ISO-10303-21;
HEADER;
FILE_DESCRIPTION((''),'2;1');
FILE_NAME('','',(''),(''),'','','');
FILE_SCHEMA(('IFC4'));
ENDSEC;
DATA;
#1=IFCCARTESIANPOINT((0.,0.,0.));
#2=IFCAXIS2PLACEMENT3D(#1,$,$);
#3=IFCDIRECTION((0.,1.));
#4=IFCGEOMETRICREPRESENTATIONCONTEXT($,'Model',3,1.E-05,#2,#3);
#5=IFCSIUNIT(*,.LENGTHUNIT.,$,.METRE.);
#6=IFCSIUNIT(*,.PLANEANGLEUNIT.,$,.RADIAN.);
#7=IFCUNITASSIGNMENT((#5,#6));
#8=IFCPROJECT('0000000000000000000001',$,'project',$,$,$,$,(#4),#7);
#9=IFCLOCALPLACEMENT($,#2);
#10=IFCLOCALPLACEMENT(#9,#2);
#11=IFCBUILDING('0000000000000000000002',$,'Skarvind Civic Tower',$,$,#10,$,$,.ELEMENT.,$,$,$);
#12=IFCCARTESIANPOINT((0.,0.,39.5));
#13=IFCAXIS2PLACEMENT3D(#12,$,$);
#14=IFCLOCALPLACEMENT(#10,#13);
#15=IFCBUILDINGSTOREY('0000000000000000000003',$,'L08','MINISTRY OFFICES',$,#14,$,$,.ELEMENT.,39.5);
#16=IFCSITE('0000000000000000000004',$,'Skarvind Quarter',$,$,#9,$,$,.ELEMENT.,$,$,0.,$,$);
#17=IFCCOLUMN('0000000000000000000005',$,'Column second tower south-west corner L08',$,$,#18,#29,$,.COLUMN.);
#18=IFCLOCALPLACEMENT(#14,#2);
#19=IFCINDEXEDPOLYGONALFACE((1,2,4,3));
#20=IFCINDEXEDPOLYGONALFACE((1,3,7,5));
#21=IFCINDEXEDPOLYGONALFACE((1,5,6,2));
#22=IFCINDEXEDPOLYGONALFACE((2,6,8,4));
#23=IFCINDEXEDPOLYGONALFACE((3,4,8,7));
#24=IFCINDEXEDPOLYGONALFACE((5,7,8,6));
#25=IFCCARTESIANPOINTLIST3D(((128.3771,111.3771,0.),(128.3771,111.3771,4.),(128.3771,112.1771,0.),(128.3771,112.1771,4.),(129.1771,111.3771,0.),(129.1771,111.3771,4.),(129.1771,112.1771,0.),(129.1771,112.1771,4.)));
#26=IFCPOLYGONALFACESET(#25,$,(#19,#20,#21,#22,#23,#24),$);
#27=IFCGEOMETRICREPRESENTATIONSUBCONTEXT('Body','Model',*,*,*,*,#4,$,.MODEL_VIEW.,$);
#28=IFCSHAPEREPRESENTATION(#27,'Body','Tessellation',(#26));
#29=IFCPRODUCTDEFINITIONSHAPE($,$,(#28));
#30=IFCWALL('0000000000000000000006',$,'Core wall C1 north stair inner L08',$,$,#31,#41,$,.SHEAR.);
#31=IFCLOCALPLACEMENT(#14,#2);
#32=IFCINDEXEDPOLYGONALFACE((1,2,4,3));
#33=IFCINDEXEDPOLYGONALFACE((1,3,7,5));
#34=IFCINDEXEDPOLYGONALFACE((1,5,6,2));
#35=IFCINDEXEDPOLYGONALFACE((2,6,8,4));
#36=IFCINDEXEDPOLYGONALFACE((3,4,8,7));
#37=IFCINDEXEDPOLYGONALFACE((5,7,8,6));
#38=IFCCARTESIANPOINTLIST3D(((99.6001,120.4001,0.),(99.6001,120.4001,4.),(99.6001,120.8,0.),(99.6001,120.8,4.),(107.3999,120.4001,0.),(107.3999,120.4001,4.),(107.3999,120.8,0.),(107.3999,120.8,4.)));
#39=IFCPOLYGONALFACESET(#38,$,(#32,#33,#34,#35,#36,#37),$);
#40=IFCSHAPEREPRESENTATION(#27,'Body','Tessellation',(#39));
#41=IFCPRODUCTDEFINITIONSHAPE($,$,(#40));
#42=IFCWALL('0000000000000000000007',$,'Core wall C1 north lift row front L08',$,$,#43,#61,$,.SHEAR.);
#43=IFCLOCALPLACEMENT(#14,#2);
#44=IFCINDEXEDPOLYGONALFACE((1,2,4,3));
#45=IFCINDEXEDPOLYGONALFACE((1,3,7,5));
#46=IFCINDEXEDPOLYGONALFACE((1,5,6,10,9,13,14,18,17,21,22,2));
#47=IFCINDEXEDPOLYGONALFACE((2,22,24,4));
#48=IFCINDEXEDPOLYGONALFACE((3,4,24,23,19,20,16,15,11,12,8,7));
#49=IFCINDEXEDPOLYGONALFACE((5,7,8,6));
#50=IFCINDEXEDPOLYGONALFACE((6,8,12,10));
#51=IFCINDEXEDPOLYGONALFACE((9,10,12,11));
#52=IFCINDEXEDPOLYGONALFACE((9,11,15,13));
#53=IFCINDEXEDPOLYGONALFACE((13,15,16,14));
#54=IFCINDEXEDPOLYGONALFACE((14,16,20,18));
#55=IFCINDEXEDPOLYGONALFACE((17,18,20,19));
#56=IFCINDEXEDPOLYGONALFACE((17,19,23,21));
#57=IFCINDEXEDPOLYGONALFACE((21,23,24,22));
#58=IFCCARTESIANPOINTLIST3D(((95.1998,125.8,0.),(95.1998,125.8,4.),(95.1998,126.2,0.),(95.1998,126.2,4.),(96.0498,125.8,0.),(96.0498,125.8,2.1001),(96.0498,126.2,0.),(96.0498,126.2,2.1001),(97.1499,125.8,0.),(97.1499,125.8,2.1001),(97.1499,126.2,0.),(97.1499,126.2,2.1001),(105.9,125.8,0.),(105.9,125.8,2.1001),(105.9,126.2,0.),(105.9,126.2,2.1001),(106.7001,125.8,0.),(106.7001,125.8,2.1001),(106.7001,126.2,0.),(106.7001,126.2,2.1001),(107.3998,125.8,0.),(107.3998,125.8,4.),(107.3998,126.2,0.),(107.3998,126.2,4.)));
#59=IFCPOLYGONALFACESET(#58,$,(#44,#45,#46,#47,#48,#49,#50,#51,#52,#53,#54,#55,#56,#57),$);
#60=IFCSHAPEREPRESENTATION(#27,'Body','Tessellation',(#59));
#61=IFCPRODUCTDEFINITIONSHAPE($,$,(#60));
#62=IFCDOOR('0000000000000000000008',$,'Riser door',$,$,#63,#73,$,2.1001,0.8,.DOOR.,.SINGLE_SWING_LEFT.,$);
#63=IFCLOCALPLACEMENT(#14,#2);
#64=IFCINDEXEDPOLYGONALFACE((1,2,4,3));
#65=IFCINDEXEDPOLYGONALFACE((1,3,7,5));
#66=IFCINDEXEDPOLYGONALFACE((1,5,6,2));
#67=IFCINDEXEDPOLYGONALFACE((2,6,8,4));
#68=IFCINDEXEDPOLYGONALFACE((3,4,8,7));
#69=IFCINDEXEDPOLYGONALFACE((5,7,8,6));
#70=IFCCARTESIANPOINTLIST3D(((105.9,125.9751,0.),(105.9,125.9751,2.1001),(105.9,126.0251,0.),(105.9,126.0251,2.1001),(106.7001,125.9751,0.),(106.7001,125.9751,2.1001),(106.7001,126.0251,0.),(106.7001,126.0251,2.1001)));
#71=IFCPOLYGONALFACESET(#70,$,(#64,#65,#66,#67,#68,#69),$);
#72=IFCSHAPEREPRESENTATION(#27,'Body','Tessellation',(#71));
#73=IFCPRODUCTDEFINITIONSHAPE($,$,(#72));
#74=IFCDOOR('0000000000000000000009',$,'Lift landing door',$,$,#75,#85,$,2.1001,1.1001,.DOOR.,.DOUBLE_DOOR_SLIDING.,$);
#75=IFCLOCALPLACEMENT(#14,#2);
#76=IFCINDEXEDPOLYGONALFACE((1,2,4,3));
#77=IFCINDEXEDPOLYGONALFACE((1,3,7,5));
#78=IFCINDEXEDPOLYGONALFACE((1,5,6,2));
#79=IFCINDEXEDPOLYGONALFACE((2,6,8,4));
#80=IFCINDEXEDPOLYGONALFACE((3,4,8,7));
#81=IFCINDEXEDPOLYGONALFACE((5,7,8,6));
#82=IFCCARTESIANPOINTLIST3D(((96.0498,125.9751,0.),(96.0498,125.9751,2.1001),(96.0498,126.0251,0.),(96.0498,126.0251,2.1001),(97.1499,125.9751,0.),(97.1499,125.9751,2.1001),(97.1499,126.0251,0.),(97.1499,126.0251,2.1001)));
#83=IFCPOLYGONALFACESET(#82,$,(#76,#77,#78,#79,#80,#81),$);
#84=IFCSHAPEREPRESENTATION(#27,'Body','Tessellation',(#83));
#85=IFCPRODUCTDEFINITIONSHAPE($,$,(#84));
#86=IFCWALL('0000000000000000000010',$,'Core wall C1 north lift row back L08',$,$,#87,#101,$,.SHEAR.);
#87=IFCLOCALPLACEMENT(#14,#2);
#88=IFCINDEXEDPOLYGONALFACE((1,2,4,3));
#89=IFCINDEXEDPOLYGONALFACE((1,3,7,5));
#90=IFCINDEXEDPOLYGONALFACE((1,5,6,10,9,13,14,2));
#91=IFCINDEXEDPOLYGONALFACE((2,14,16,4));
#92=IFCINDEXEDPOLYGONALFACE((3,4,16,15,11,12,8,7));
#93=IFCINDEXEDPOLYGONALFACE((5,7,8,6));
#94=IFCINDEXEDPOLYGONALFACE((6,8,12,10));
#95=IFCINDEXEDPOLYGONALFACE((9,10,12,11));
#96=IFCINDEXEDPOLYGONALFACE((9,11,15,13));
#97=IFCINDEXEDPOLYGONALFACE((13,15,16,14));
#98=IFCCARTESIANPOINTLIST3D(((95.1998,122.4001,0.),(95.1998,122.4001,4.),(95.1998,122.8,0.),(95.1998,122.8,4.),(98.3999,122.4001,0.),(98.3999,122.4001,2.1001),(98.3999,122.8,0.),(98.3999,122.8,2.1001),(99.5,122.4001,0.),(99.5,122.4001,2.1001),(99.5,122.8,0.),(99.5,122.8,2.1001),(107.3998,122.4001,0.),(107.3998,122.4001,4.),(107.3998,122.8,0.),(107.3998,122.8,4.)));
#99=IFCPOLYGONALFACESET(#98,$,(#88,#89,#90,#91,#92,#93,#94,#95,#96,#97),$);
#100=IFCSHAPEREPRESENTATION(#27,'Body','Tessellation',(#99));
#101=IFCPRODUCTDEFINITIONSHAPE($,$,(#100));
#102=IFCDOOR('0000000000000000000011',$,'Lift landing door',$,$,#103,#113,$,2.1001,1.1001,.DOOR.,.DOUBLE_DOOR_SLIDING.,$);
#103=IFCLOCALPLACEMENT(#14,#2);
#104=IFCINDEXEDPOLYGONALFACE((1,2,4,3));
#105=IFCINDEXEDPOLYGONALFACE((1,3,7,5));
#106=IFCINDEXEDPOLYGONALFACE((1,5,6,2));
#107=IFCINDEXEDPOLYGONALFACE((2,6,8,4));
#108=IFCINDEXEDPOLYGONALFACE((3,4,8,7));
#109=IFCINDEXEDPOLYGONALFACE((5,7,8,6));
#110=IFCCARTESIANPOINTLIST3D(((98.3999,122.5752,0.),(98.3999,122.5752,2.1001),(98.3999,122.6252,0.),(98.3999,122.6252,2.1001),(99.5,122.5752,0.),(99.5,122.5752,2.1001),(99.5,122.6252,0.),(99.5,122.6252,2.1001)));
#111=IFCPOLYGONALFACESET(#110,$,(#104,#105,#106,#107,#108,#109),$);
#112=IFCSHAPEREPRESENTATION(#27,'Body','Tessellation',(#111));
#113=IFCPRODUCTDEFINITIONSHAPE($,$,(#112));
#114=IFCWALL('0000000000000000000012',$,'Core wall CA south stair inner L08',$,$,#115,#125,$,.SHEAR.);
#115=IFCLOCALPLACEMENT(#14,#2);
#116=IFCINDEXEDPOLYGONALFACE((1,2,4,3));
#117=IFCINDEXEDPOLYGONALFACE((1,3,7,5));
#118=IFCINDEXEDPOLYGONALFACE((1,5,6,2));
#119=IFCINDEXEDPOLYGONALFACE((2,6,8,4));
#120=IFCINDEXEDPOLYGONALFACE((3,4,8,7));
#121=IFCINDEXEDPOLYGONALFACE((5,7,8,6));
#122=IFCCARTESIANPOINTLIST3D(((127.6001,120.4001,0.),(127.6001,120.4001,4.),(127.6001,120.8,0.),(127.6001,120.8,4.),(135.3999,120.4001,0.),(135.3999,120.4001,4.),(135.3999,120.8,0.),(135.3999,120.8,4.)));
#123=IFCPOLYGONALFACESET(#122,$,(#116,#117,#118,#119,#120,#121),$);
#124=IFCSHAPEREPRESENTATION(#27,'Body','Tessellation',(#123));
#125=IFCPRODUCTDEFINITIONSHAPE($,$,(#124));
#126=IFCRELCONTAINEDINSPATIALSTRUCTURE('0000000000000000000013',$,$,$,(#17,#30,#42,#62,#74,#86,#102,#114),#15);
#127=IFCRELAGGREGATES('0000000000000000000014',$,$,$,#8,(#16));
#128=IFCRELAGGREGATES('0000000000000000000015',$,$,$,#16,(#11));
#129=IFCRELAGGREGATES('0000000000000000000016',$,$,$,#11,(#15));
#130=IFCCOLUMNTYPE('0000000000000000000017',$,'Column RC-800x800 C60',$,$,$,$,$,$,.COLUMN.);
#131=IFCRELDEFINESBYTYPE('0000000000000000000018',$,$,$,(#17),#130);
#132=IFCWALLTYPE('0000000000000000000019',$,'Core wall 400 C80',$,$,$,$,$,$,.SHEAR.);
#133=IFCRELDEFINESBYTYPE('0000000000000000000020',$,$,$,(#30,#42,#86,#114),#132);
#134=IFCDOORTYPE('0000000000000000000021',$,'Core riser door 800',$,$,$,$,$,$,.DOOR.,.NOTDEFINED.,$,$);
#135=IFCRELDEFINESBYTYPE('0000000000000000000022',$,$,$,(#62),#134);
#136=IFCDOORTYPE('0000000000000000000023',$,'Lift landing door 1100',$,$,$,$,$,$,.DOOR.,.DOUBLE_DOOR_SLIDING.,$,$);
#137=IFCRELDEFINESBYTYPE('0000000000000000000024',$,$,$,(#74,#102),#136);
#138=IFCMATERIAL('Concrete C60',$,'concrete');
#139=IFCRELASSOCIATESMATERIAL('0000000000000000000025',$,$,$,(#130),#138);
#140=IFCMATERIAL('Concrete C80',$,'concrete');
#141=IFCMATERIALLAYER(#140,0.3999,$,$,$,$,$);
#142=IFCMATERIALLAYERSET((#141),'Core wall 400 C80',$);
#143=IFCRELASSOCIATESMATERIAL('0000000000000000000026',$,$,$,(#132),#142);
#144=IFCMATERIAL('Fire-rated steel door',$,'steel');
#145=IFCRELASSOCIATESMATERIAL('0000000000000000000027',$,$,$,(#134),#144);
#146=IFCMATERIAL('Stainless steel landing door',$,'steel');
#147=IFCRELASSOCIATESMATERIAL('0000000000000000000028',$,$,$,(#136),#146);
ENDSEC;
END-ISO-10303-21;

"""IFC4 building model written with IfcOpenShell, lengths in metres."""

from ifc_helpers import new_model, si_unit, direction, frame, frame_2d, origin, origin_2d, place, context, subcontext, project, spatial, rectangle, extrude, material, layer, layer_set, material_profile, profile_set, type_object, element, fill, save


model = new_model("IFC4")

# Units and contexts
model_context = context("Model", 3, precision=1e-05, world=origin(), true_north=direction((0.0, 1.0)))
body_context = subcontext(model_context, "Body", "Model", "MODEL_VIEW")
ifc_project = project(units=[si_unit("LENGTHUNIT", "METRE"), si_unit("PLANEANGLEUNIT", "RADIAN")], contexts=[model_context])

# Site, building, storey
site_placement = place(None, origin())
site = spatial("IfcSite", under=ifc_project, at=site_placement, Name="Skarvind Quarter", CompositionType="ELEMENT", RefElevation=0.0)
building_placement = place(site_placement, origin())
building = spatial("IfcBuilding", under=site, at=building_placement, Name="Skarvind Civic Tower", CompositionType="ELEMENT")
storey_placement = place(building_placement, frame((0.0, 0.0, 39.5)))
storey = spatial("IfcBuildingStorey", under=building, at=storey_placement, Name="L08", Description="MINISTRY OFFICES", CompositionType="ELEMENT", Elevation=39.5)

# Column
ifc_material_1 = material(Name="Concrete C60", Category="concrete")
ifc_material_profile = material_profile(ifc_material_1, rectangle(XDim=0.8, YDim=0.8, at=origin_2d()), Name="RC-800x800")
ifc_profile_set = profile_set([ifc_material_profile], Name="Concrete C60")
column_type = type_object("IfcColumnType", Name="Column RC-800x800 C60", PredefinedType="COLUMN", material=ifc_profile_set)
column_placement = place(storey_placement, frame((128.7771, 111.7771, 0.0), z_axis=(0.0, 0.0, 1.0), x_axis=(1.0, 0.0, 0.0)))
element("IfcColumn", 1, at=column_placement, inside=storey, type_object=column_type, Name="Column second tower south-west corner L08", PredefinedType="COLUMN", context=body_context, shape_type="SweptSolid", body=[
    extrude(rectangle(XDim=0.8, YDim=0.8, at=origin_2d()), origin(), (0.0, 0.0, 1.0), 4.0),
])

# Wall
ifc_material_2 = material(Name="Concrete C80", Category="concrete")
ifc_layer_1 = layer(ifc_material_2, 0.3999)
ifc_layer_set_1 = layer_set([ifc_layer_1], Name="Core wall 400 C80")
wall_type_1 = type_object("IfcWallType", Name="Core wall 400 C80", PredefinedType="SHEAR", material=ifc_layer_set_1)
wall_1_placement = place(storey_placement, frame((107.3999, 120.6001, 0.0), z_axis=(0.0, 0.0, 1.0), x_axis=(-1.0, 0.0, 0.0)))
element("IfcWall", 2, at=wall_1_placement, inside=storey, type_object=wall_type_1, Name="Core wall C1 north stair inner L08", PredefinedType="SHEAR", context=body_context, shape_type="SweptSolid", body=[
    extrude(rectangle(XDim=7.7998, YDim=0.3999, at=frame_2d((3.8999, 0.0))), origin(), (0.0, 0.0, 1.0), 4.0),
])

# Wall, openings, doors
wall_2_placement = place(storey_placement, frame((107.3999, 126.0, 0.0), z_axis=(0.0, 0.0, 1.0), x_axis=(-1.0, 0.0, 0.0)))
wall_2 = element("IfcWall", 3, at=wall_2_placement, inside=storey, type_object=wall_type_1, Name="Core wall C1 north lift row front L08", PredefinedType="SHEAR", context=body_context, shape_type="SweptSolid", body=[
    extrude(rectangle(XDim=12.2, YDim=0.3999, at=frame_2d((6.1001, 0.0))), origin(), (0.0, 0.0, 1.0), 4.0),
])
opening_1_placement = place(wall_2_placement, frame((10.25, 0.0, 0.0)))
opening_1 = element("IfcOpeningElement", 4, at=opening_1_placement, cuts=wall_2, PredefinedType="OPENING", context=body_context, shape_type="SweptSolid", body=[
    extrude(rectangle(XDim=1.1001, YDim=2.1001, at=frame_2d((0.55, 1.05))), frame((0.0, 0.21, 0.0), z_axis=(0.0, -1.0, 0.0), x_axis=(1.0, 0.0, 0.0)), (0.0, 0.0, 1.0), 0.4199),
])
opening_2_placement = place(wall_2_placement, frame((0.7, 0.0, 0.0)))
opening_2 = element("IfcOpeningElement", 5, at=opening_2_placement, cuts=wall_2, PredefinedType="OPENING", context=body_context, shape_type="SweptSolid", body=[
    extrude(rectangle(XDim=0.8, YDim=2.1001, at=frame_2d((0.3999, 1.05))), frame((0.0, 0.21, 0.0), z_axis=(0.0, -1.0, 0.0), x_axis=(1.0, 0.0, 0.0)), (0.0, 0.0, 1.0), 0.4199),
])
ifc_material_3 = material(Name="Fire-rated steel door", Category="steel")
door_type_1 = type_object("IfcDoorType", Name="Core riser door 800", OperationType="NOTDEFINED", PredefinedType="DOOR", material=ifc_material_3)
door_1_placement = place(opening_2_placement, origin())
door_1 = element("IfcDoor", 6, at=door_1_placement, inside=storey, type_object=door_type_1, Name="Riser door", OperationType="SINGLE_SWING_LEFT", OverallHeight=2.1001, OverallWidth=0.8, PredefinedType="DOOR", context=body_context, shape_type="SweptSolid", body=[
    extrude(rectangle(XDim=0.8, YDim=2.1001, at=frame_2d((0.3999, 1.05))), frame((0.0, 0.0249, 0.0), z_axis=(0.0, -1.0, 0.0), x_axis=(1.0, 0.0, 0.0)), (0.0, 0.0, 1.0), 0.05),
])
fill(opening_2, door_1)
ifc_material_4 = material(Name="Stainless steel landing door", Category="steel")
door_type_2 = type_object("IfcDoorType", Name="Lift landing door 1100", OperationType="DOUBLE_DOOR_SLIDING", PredefinedType="DOOR", material=ifc_material_4)
door_2_placement = place(opening_1_placement, origin())
door_2 = element("IfcDoor", 7, at=door_2_placement, inside=storey, type_object=door_type_2, Name="Lift landing door", OperationType="DOUBLE_DOOR_SLIDING", OverallHeight=2.1001, OverallWidth=1.1001, PredefinedType="DOOR", context=body_context, shape_type="SweptSolid", body=[
    extrude(rectangle(XDim=1.1001, YDim=2.1001, at=frame_2d((0.55, 1.05))), frame((0.0, 0.0249, 0.0), z_axis=(0.0, -1.0, 0.0), x_axis=(1.0, 0.0, 0.0)), (0.0, 0.0, 1.0), 0.05),
])
fill(opening_1, door_2)

# Wall, opening, door
wall_3_placement = place(storey_placement, frame((107.3999, 122.6001, 0.0), z_axis=(0.0, 0.0, 1.0), x_axis=(-1.0, 0.0, 0.0)))
wall_3 = element("IfcWall", 8, at=wall_3_placement, inside=storey, type_object=wall_type_1, Name="Core wall C1 north lift row back L08", PredefinedType="SHEAR", context=body_context, shape_type="SweptSolid", body=[
    extrude(rectangle(XDim=12.2, YDim=0.3999, at=frame_2d((6.1001, 0.0))), origin(), (0.0, 0.0, 1.0), 4.0),
])
opening_3_placement = place(wall_3_placement, frame((7.8999, 0.0, 0.0)))
opening_3 = element("IfcOpeningElement", 9, at=opening_3_placement, cuts=wall_3, PredefinedType="OPENING", context=body_context, shape_type="SweptSolid", body=[
    extrude(rectangle(XDim=1.1001, YDim=2.1001, at=frame_2d((0.55, 1.05))), frame((0.0, 0.21, 0.0), z_axis=(0.0, -1.0, 0.0), x_axis=(1.0, 0.0, 0.0)), (0.0, 0.0, 1.0), 0.4199),
])
door_3_placement = place(opening_3_placement, origin())
door_3 = element("IfcDoor", 10, at=door_3_placement, inside=storey, type_object=door_type_2, Name="Lift landing door", OperationType="DOUBLE_DOOR_SLIDING", OverallHeight=2.1001, OverallWidth=1.1001, PredefinedType="DOOR", context=body_context, shape_type="SweptSolid", body=[
    extrude(rectangle(XDim=1.1001, YDim=2.1001, at=frame_2d((0.55, 1.05))), frame((0.0, 0.0249, 0.0), z_axis=(0.0, -1.0, 0.0), x_axis=(1.0, 0.0, 0.0)), (0.0, 0.0, 1.0), 0.05),
])
fill(opening_3, door_3)

# Wall
wall_4_placement = place(storey_placement, frame((127.6001, 120.6001, 0.0), z_axis=(0.0, 0.0, 1.0), x_axis=(1.0, 0.0, 0.0)))
element("IfcWall", 11, at=wall_4_placement, inside=storey, type_object=wall_type_1, Name="Core wall CA south stair inner L08", PredefinedType="SHEAR", context=body_context, shape_type="SweptSolid", body=[
    extrude(rectangle(XDim=7.7998, YDim=0.3999, at=frame_2d((3.8999, 0.0))), origin(), (0.0, 0.0, 1.0), 4.0),
])

save(model, "model.ifc")
